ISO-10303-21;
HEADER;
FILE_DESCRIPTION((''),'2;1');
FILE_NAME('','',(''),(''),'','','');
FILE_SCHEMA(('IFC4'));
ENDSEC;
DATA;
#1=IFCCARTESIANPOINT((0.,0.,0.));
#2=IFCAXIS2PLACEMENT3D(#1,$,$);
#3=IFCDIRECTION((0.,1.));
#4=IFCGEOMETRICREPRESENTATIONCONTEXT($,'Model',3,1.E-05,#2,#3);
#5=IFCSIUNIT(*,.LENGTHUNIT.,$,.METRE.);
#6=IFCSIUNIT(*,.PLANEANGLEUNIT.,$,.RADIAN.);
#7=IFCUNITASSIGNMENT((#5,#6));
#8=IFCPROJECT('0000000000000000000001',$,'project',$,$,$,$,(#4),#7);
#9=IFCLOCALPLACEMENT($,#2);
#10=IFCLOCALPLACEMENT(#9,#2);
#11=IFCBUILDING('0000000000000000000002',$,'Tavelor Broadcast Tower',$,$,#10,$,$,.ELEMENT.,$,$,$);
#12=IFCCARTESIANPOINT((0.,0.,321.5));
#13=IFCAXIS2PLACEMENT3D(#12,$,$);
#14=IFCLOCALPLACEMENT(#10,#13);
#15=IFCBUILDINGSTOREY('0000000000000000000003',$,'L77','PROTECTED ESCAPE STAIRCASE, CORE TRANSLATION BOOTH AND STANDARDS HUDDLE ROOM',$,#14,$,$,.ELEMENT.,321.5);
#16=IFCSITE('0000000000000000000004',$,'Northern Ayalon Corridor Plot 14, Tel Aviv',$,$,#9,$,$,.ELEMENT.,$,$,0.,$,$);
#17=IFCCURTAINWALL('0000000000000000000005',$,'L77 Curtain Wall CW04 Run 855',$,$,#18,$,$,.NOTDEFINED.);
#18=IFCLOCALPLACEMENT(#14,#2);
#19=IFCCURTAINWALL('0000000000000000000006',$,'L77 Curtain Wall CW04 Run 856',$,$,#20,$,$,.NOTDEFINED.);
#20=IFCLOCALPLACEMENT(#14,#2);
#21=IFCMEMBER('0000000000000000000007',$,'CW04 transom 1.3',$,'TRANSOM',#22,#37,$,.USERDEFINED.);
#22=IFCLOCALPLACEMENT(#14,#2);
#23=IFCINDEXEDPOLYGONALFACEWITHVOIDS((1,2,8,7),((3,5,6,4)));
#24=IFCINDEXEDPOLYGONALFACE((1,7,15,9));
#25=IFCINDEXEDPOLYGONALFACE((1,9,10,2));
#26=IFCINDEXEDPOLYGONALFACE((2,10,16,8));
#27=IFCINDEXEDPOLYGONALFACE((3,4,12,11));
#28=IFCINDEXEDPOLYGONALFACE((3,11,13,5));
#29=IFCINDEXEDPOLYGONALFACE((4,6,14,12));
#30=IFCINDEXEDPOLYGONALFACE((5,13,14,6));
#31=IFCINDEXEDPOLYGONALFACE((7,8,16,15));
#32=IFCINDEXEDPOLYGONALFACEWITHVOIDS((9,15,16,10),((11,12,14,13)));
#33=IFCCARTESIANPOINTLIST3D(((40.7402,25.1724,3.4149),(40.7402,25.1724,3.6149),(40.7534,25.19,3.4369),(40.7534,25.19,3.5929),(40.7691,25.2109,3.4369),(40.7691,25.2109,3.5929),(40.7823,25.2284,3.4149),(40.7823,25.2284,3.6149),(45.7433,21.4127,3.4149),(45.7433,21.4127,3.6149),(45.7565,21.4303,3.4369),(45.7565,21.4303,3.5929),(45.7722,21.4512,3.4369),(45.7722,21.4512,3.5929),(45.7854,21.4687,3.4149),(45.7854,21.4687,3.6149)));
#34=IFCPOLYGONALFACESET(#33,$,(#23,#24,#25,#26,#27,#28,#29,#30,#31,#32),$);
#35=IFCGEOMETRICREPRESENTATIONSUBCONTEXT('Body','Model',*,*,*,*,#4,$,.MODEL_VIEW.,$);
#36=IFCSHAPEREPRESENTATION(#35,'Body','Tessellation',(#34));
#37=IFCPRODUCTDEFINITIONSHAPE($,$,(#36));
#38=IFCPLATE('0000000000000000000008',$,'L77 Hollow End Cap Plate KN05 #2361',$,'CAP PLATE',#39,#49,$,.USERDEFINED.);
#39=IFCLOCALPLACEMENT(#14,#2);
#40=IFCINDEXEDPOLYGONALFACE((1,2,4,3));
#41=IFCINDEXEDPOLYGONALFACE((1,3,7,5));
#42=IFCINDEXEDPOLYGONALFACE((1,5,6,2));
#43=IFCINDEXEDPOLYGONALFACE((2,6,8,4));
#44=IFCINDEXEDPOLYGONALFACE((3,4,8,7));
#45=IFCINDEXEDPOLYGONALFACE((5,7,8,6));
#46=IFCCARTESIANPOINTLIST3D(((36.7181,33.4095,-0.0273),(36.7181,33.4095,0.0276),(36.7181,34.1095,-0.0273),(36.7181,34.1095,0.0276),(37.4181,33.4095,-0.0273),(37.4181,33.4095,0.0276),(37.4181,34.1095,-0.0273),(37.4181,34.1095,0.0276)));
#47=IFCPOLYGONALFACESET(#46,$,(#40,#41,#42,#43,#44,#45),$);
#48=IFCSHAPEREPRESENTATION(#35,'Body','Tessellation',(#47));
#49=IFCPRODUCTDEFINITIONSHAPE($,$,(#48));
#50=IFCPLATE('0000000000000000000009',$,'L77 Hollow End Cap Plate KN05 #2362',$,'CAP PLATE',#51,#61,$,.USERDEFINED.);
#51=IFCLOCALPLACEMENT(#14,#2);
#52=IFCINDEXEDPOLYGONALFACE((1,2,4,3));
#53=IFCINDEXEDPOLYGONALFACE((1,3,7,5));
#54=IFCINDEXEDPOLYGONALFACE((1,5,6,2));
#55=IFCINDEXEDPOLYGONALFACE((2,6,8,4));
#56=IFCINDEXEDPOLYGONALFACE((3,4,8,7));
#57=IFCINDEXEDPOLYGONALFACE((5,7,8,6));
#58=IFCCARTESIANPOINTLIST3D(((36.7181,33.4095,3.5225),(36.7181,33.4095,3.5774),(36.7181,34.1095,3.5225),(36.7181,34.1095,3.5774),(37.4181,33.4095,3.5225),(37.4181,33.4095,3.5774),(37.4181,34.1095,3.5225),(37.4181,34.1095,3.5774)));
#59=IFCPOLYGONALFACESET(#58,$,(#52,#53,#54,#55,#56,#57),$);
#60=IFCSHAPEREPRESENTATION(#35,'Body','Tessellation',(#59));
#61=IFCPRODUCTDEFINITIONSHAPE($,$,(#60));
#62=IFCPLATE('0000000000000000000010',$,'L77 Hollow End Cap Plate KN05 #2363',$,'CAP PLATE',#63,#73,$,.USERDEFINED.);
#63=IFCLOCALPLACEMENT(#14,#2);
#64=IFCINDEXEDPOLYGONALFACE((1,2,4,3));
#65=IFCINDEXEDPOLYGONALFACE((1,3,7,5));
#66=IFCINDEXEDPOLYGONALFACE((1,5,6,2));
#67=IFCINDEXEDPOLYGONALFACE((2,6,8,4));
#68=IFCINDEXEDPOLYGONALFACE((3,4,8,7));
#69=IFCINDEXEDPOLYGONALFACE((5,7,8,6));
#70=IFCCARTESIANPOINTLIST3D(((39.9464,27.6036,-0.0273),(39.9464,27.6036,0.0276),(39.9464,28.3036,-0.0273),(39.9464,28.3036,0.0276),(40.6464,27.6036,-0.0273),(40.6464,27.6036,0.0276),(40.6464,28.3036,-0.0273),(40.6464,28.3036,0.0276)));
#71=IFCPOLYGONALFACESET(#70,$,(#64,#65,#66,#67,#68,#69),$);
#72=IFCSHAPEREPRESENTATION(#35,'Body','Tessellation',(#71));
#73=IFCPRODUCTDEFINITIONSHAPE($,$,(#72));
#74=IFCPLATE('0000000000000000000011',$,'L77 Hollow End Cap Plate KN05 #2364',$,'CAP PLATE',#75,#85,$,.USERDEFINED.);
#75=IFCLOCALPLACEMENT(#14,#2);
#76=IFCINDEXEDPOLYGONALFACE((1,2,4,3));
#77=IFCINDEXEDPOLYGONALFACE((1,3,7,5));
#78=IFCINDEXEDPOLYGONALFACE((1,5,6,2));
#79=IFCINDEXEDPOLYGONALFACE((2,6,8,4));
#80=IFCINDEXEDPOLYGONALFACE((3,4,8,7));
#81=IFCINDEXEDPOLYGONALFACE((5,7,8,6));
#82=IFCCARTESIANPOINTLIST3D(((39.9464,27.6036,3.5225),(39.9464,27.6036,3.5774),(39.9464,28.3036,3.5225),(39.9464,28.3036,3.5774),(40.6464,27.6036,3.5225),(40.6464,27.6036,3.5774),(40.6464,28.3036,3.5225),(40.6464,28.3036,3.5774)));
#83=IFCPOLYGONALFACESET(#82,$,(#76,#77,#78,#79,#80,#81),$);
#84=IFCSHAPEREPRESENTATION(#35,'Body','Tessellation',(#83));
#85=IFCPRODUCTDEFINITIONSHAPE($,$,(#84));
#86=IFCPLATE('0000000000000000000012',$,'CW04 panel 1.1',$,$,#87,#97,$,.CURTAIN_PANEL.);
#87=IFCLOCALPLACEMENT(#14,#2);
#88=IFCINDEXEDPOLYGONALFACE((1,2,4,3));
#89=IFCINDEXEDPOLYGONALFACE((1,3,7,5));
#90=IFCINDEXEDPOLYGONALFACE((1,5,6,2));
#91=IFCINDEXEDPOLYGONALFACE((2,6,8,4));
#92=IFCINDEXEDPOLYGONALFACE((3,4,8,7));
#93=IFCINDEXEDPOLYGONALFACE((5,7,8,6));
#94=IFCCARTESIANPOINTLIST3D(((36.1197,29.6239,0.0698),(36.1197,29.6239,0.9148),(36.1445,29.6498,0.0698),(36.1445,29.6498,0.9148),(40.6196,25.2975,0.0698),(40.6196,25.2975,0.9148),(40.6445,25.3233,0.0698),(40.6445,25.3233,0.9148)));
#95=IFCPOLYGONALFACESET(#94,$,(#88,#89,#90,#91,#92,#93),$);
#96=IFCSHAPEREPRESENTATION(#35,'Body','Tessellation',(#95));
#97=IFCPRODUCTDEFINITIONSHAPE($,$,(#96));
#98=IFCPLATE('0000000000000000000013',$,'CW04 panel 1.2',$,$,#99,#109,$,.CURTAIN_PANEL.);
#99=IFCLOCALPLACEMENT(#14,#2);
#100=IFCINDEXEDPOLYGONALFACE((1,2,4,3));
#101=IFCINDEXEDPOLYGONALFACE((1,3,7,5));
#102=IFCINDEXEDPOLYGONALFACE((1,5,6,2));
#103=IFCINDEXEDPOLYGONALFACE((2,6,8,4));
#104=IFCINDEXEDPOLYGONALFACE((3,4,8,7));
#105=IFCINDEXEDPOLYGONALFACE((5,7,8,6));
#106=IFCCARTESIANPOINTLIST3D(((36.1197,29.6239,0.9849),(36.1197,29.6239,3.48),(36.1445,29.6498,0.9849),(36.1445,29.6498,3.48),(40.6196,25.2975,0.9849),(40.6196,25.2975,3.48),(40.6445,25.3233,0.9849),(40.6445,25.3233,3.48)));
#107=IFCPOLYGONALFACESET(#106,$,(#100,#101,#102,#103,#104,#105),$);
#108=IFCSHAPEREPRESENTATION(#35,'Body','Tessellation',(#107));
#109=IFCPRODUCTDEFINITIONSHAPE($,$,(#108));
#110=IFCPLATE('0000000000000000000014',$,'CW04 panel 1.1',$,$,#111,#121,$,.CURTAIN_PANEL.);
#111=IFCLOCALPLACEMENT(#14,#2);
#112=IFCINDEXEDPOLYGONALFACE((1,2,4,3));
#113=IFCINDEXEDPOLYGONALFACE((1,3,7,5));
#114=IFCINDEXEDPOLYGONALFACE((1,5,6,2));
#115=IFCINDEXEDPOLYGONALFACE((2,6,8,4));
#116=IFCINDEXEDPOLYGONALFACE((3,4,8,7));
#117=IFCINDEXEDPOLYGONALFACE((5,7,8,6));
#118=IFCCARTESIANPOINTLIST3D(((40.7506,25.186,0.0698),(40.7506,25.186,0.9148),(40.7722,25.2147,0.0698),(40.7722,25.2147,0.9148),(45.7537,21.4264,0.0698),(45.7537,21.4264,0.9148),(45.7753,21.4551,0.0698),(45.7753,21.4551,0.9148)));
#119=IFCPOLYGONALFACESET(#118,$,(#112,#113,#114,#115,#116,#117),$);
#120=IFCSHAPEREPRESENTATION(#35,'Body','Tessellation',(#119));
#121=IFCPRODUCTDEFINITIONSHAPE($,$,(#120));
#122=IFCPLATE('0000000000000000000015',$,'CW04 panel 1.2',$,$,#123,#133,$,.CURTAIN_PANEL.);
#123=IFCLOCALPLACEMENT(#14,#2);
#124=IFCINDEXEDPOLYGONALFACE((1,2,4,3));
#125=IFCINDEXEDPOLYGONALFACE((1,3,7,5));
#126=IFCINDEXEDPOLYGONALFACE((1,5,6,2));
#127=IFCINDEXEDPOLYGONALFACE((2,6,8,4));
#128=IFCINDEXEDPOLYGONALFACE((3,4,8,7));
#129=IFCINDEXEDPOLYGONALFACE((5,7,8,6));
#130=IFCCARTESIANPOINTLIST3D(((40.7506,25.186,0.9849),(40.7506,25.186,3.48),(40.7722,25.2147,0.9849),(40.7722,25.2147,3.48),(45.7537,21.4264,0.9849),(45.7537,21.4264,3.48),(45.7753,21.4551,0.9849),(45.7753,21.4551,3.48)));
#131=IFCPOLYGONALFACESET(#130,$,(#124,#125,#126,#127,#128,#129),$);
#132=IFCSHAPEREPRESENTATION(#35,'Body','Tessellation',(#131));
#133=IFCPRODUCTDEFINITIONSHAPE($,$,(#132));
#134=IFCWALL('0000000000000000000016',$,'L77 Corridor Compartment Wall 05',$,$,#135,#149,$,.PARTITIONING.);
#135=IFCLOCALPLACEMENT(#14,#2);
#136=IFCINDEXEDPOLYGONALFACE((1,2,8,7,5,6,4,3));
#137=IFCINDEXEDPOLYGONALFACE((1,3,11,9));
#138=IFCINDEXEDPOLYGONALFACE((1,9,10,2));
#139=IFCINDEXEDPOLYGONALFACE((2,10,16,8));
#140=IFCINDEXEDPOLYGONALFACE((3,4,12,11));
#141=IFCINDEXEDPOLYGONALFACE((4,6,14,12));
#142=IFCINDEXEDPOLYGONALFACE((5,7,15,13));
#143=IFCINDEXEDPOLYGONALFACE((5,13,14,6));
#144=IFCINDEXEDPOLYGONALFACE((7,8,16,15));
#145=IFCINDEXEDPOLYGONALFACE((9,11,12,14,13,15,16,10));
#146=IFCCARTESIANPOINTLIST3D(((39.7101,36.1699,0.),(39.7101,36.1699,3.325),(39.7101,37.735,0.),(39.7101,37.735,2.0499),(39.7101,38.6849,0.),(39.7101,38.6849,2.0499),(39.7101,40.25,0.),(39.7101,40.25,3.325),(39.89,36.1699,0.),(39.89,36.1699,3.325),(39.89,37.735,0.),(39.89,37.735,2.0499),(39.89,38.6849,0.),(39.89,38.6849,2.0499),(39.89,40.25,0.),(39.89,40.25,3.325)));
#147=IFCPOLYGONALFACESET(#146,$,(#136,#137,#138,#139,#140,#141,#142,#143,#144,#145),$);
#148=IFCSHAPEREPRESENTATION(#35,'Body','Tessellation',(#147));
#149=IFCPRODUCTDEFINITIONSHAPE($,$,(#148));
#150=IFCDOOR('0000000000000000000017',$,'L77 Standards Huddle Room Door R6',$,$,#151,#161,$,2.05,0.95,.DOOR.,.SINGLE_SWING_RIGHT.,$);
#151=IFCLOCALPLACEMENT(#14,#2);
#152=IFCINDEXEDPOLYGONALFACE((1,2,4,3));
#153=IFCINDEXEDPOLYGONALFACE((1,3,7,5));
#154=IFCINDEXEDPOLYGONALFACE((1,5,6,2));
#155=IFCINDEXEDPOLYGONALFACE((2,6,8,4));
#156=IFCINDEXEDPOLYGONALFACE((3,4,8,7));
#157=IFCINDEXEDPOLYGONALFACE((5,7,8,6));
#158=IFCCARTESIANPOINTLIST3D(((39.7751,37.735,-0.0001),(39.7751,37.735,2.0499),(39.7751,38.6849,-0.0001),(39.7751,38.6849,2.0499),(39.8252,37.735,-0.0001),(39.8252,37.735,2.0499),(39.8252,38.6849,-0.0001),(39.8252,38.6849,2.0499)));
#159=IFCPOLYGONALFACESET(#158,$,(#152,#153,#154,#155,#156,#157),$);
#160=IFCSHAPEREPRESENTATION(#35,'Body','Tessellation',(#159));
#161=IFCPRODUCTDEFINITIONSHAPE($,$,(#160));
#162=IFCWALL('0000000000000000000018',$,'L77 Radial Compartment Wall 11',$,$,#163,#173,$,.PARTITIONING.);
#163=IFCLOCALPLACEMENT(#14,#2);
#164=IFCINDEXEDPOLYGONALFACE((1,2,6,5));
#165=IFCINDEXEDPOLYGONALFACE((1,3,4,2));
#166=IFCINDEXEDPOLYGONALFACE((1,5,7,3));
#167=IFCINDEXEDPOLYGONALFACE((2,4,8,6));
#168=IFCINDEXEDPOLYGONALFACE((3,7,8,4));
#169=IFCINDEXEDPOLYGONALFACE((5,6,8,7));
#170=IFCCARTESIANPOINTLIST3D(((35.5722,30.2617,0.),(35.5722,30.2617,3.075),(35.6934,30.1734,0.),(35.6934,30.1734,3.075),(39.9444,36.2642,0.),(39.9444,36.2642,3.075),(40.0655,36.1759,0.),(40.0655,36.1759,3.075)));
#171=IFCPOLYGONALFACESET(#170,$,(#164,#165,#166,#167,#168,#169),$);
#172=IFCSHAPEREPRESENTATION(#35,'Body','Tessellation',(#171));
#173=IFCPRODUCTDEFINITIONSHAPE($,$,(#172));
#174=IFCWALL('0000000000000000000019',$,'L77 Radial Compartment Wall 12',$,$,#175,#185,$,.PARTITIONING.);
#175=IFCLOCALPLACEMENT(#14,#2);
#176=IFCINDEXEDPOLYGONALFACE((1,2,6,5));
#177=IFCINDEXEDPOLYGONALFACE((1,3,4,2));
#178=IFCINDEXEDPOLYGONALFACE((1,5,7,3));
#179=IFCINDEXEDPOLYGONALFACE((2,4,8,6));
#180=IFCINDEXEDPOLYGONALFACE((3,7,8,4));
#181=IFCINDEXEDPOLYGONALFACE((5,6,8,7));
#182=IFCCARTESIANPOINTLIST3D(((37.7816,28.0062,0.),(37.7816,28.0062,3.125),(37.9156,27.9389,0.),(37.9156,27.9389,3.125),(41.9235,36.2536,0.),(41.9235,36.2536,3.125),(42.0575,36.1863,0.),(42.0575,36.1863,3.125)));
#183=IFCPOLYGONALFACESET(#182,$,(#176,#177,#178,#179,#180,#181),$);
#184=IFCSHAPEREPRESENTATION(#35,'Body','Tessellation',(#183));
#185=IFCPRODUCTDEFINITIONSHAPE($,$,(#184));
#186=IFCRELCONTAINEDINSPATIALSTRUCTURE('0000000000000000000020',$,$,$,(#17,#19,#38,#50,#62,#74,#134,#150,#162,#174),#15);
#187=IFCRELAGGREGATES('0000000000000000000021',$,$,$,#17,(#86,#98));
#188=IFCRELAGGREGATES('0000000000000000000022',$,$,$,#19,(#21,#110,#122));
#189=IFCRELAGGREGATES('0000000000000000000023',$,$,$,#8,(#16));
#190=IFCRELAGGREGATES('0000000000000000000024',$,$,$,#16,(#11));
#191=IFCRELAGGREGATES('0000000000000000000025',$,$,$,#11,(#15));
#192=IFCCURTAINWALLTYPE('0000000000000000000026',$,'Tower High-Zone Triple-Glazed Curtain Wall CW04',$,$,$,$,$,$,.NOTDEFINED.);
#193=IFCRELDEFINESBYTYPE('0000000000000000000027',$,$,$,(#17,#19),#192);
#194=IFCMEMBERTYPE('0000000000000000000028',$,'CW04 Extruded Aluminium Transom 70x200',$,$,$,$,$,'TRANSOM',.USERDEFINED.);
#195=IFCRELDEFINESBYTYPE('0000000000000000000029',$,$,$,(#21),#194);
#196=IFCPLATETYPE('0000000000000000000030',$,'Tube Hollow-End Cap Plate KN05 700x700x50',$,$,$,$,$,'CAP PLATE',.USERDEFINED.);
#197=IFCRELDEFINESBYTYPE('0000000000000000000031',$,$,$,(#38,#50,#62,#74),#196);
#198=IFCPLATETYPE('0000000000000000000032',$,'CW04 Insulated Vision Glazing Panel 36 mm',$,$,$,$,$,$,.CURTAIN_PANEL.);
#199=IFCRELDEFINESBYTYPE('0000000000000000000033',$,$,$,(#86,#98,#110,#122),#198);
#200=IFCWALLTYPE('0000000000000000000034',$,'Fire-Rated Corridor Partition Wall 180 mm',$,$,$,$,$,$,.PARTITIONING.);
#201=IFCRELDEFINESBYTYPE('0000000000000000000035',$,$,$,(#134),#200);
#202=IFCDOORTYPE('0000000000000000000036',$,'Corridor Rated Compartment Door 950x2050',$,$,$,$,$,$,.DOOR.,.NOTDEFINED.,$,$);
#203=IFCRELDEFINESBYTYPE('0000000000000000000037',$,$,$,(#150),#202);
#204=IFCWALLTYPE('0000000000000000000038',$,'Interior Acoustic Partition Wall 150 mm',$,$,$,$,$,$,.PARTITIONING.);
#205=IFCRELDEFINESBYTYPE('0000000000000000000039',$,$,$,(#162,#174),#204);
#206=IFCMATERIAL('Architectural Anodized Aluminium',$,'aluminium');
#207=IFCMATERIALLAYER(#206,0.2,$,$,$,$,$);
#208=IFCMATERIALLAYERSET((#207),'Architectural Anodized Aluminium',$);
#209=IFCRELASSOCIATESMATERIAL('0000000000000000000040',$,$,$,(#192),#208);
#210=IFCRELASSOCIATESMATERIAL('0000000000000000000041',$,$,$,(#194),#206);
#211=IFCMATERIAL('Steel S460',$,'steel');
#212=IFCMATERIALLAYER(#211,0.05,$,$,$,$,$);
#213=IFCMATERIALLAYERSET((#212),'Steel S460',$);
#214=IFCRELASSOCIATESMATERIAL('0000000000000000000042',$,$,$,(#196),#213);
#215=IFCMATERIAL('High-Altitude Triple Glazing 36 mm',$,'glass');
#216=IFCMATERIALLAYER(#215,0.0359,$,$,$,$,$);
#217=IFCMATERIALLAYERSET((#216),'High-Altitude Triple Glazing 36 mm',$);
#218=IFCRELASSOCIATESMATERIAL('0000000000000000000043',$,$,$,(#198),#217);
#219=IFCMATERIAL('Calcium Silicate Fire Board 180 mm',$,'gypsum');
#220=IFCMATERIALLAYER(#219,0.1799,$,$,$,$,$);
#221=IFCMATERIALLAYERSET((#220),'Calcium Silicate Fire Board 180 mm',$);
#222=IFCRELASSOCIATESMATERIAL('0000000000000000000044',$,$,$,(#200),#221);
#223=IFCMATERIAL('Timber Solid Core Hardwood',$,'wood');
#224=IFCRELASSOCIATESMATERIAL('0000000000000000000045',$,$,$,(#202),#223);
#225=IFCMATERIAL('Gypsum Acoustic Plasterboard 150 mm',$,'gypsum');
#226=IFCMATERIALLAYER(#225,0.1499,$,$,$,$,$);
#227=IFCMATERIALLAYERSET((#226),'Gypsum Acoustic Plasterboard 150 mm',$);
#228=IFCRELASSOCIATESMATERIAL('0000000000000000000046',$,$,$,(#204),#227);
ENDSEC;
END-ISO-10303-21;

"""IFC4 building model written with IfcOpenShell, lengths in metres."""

from ifc_helpers import new_model, si_unit, direction, frame, frame_2d, origin, origin_2d, place, context, subcontext, project, spatial, rectangle, hollow_rectangle, extrude, source, transform, mapped, material, layer, layer_set, material_profile, profile_set, type_object, type_shapes, element, fill, aggregate, save


model = new_model("IFC4")

# Units and contexts
model_context = context("Model", 3, precision=1e-05, world=origin(), true_north=direction((0.0, 1.0)))
body_context = subcontext(model_context, "Body", "Model", "MODEL_VIEW")
ifc_project = project(units=[si_unit("LENGTHUNIT", "METRE"), si_unit("PLANEANGLEUNIT", "RADIAN")], contexts=[model_context])

# Site, building, storey
site_placement = place(None, origin())
site = spatial("IfcSite", under=ifc_project, at=site_placement, Name="Northern Ayalon Corridor Plot 14, Tel Aviv", CompositionType="ELEMENT", RefElevation=0.0)
building_placement = place(site_placement, origin())
building = spatial("IfcBuilding", under=site, at=building_placement, Name="Tavelor Broadcast Tower", CompositionType="ELEMENT")
storey_placement = place(building_placement, frame((0.0, 0.0, 321.5)))
storey = spatial("IfcBuildingStorey", under=building, at=storey_placement, Name="L77", Description="PROTECTED ESCAPE STAIRCASE, CORE TRANSLATION BOOTH AND STANDARDS HUDDLE ROOM", CompositionType="ELEMENT", Elevation=321.5)

# Shared definitions
ifc_material_1 = material(Name="Steel S460", Category="steel")

# Curtain wall
ifc_material_2 = material(Name="Architectural Anodized Aluminium", Category="aluminium")
ifc_layer_1 = layer(ifc_material_2, 0.2)
ifc_layer_set_1 = layer_set([ifc_layer_1], Name="Architectural Anodized Aluminium")
curtain_wall_type = type_object("IfcCurtainWallType", Name="Tower High-Zone Triple-Glazed Curtain Wall CW04", PredefinedType="NOTDEFINED", material=ifc_layer_set_1)
curtain_wall_1_placement = place(storey_placement, origin())
curtain_wall_1 = element("IfcCurtainWall", 1, at=curtain_wall_1_placement, inside=storey, type_object=curtain_wall_type, Name="L77 Curtain Wall CW04 Run 855", PredefinedType="NOTDEFINED")

# Curtain wall, member
curtain_wall_2_placement = place(storey_placement, origin())
curtain_wall_2 = element("IfcCurtainWall", 2, at=curtain_wall_2_placement, inside=storey, type_object=curtain_wall_type, Name="L77 Curtain Wall CW04 Run 856", PredefinedType="NOTDEFINED")
ifc_material_profile_1 = material_profile(ifc_material_2, hollow_rectangle(XDim=0.0701, YDim=0.2, WallThickness=0.022, at=origin_2d()), Name="RHS 70x200x22")
ifc_profile_set_1 = profile_set([ifc_material_profile_1], Name="Architectural Anodized Aluminium")
member_type_1 = type_object("IfcMemberType", Name="CW04 Extruded Aluminium Transom 70x200", ElementType="TRANSOM", PredefinedType="USERDEFINED", material=ifc_profile_set_1)
shared_shape_1 = source(origin(), body_context, "Body", "SweptSolid", [
    extrude(hollow_rectangle(XDim=0.0701, YDim=0.2, WallThickness=0.022, at=origin_2d()), origin(), (0.0, 0.0, 1.0), 6.2583),
])
type_shapes(member_type_1, [shared_shape_1])
member_1_placement = place(storey_placement, frame((40.7612, 25.2004, 3.5149), z_axis=(0.799433, -0.600755, 0.0), x_axis=(0.600755, 0.799433, 0.0)))
member_1 = element("IfcMember", 3, at=member_1_placement, type_object=member_type_1, Name="CW04 transom 1.3", ObjectType="TRANSOM", PredefinedType="USERDEFINED", context=body_context, shape_type="MappedRepresentation", body=[
    mapped(shared_shape_1, transform((0.0, 0.0, 0.0), scale=1.0)),
])

# Plates
ifc_layer_2 = layer(ifc_material_1, 0.05)
ifc_layer_set_2 = layer_set([ifc_layer_2], Name="Steel S460")
plate_type_1 = type_object("IfcPlateType", Name="Tube Hollow-End Cap Plate KN05 700x700x50", ElementType="CAP PLATE", PredefinedType="USERDEFINED", material=ifc_layer_set_2)
shared_shape_2 = source(origin(), body_context, "Body", "SweptSolid", [
    extrude(rectangle(XDim=0.7, YDim=0.7, at=origin_2d()), origin(), (0.0, 0.0, 1.0), 0.0549),
])
type_shapes(plate_type_1, [shared_shape_2])
for number, where, z_axis, x_axis, name in (
    (4, (37.0681, 33.7595, -0.0273), (0.0, 0.0, 1.0), (1.0, 0.0, 0.0), "L77 Hollow End Cap Plate KN05 #2361"),
    (5, (37.0681, 33.7595, 3.5225), (0.0, 0.0, 1.0), (1.0, 0.0, 0.0), "L77 Hollow End Cap Plate KN05 #2362"),
    (6, (40.2964, 27.9536, -0.0273), (0.0, 0.0, 1.0), (1.0, 0.0, 0.0), "L77 Hollow End Cap Plate KN05 #2363"),
    (7, (40.2964, 27.9536, 3.5225), (0.0, 0.0, 1.0), (1.0, 0.0, 0.0), "L77 Hollow End Cap Plate KN05 #2364"),
):
    element("IfcPlate", number, at=place(storey_placement, frame(where, z_axis=z_axis, x_axis=x_axis)), inside=storey, type_object=plate_type_1, Name=name, ObjectType="CAP PLATE", PredefinedType="USERDEFINED", context=body_context, shape_type="MappedRepresentation", body=[
        mapped(shared_shape_2, transform((0.0, 0.0, 0.0), scale=1.0)),
    ])

# Plates
ifc_material_3 = material(Name="High-Altitude Triple Glazing 36 mm", Category="glass")
ifc_layer_3 = layer(ifc_material_3, 0.0359)
ifc_layer_set_3 = layer_set([ifc_layer_3], Name="High-Altitude Triple Glazing 36 mm")
plate_type_2 = type_object("IfcPlateType", Name="CW04 Insulated Vision Glazing Panel 36 mm", PredefinedType="CURTAIN_PANEL", material=ifc_layer_set_3)
shared_shape_3 = source(origin(), body_context, "Body", "SweptSolid", [
    extrude(rectangle(XDim=6.2424, YDim=0.0359, at=origin_2d()), origin(), (0.0, 0.0, 1.0), 0.845),
])
plate_1_placement = place(storey_placement, frame((38.3821, 27.4736, 0.0698), z_axis=(0.0, 0.0, 1.0), x_axis=(0.720868, -0.693073, 0.0)))
plate_1 = element("IfcPlate", 8, at=plate_1_placement, type_object=plate_type_2, Name="CW04 panel 1.1", PredefinedType="CURTAIN_PANEL", context=body_context, shape_type="MappedRepresentation", body=[
    mapped(shared_shape_3, transform((0.0, 0.0, 0.0), scale=1.0)),
])
shared_shape_4 = source(origin(), body_context, "Body", "SweptSolid", [
    extrude(rectangle(XDim=6.2424, YDim=0.0359, at=origin_2d()), origin(), (0.0, 0.0, 1.0), 2.4951),
])
plate_2_placement = place(storey_placement, frame((38.3821, 27.4736, 0.9849), z_axis=(0.0, 0.0, 1.0), x_axis=(0.720868, -0.693073, 0.0)))
plate_2 = element("IfcPlate", 9, at=plate_2_placement, type_object=plate_type_2, Name="CW04 panel 1.2", PredefinedType="CURTAIN_PANEL", context=body_context, shape_type="MappedRepresentation", body=[
    mapped(shared_shape_4, transform((0.0, 0.0, 0.0), scale=1.0)),
])
aggregate(curtain_wall_1, [plate_1, plate_2])
shared_shape_5 = source(origin(), body_context, "Body", "SweptSolid", [
    extrude(rectangle(XDim=6.2583, YDim=0.0359, at=origin_2d()), origin(), (0.0, 0.0, 1.0), 0.845),
])
plate_3_placement = place(storey_placement, frame((43.2629, 23.3206, 0.0698), z_axis=(0.0, 0.0, 1.0), x_axis=(0.799439, -0.600747, 0.0)))
plate_3 = element("IfcPlate", 10, at=plate_3_placement, type_object=plate_type_2, Name="CW04 panel 1.1", PredefinedType="CURTAIN_PANEL", context=body_context, shape_type="MappedRepresentation", body=[
    mapped(shared_shape_5, transform((0.0, 0.0, 0.0), scale=1.0)),
])
shared_shape_6 = source(origin(), body_context, "Body", "SweptSolid", [
    extrude(rectangle(XDim=6.2583, YDim=0.0359, at=origin_2d()), origin(), (0.0, 0.0, 1.0), 2.4951),
])
type_shapes(plate_type_2, [shared_shape_3, shared_shape_4, shared_shape_5, shared_shape_6])
plate_4_placement = place(storey_placement, frame((43.2629, 23.3206, 0.9849), z_axis=(0.0, 0.0, 1.0), x_axis=(0.799439, -0.600747, 0.0)))
plate_4 = element("IfcPlate", 11, at=plate_4_placement, type_object=plate_type_2, Name="CW04 panel 1.2", PredefinedType="CURTAIN_PANEL", context=body_context, shape_type="MappedRepresentation", body=[
    mapped(shared_shape_6, transform((0.0, 0.0, 0.0), scale=1.0)),
])
aggregate(curtain_wall_2, [member_1, plate_3, plate_4])

# Wall, opening, door
ifc_material_4 = material(Name="Calcium Silicate Fire Board 180 mm", Category="gypsum")
ifc_layer_4 = layer(ifc_material_4, 0.1799)
ifc_layer_set_4 = layer_set([ifc_layer_4], Name="Calcium Silicate Fire Board 180 mm")
wall_type_1 = type_object("IfcWallType", Name="Fire-Rated Corridor Partition Wall 180 mm", PredefinedType="PARTITIONING", material=ifc_layer_set_4)
wall_1_placement = place(storey_placement, frame((39.8, 36.1699, 0.0), z_axis=(0.0, 0.0, 1.0), x_axis=(0.0, 1.0, 0.0)))
wall_1 = element("IfcWall", 12, at=wall_1_placement, inside=storey, type_object=wall_type_1, Name="L77 Corridor Compartment Wall 05", PredefinedType="PARTITIONING", context=body_context, shape_type="SweptSolid", body=[
    extrude(rectangle(XDim=4.0801, YDim=0.1799, at=frame_2d((2.04, 0.0))), origin(), (0.0, 0.0, 1.0), 3.325),
])
opening_placement = place(wall_1_placement, frame((1.5649, 0.0, 0.0)))
opening = element("IfcOpeningElement", 13, at=opening_placement, cuts=wall_1, PredefinedType="OPENING", context=body_context, shape_type="SweptSolid", body=[
    extrude(rectangle(XDim=0.95, YDim=2.05, at=frame_2d((0.4751, 1.0249))), frame((0.0, 0.1001, 0.0), z_axis=(0.0, -1.0, 0.0), x_axis=(1.0, 0.0, 0.0)), (0.0, 0.0, 1.0), 0.2),
])
ifc_material_5 = material(Name="Timber Solid Core Hardwood", Category="wood")
door_type = type_object("IfcDoorType", Name="Corridor Rated Compartment Door 950x2050", OperationType="NOTDEFINED", PredefinedType="DOOR", material=ifc_material_5)
door_placement = place(opening_placement, origin())
door = element("IfcDoor", 14, at=door_placement, inside=storey, type_object=door_type, Name="L77 Standards Huddle Room Door R6", OperationType="SINGLE_SWING_RIGHT", OverallHeight=2.05, OverallWidth=0.95, PredefinedType="DOOR", context=body_context, shape_type="SweptSolid", body=[
    extrude(rectangle(XDim=0.95, YDim=2.05, at=frame_2d((0.4751, 1.0249))), frame((0.0, 0.0249, 0.0), z_axis=(0.0, -1.0, 0.0), x_axis=(1.0, 0.0, 0.0)), (0.0, 0.0, 1.0), 0.05),
])
fill(opening, door)

# Walls
ifc_material_6 = material(Name="Gypsum Acoustic Plasterboard 150 mm", Category="gypsum")
ifc_layer_5 = layer(ifc_material_6, 0.1499)
ifc_layer_set_5 = layer_set([ifc_layer_5], Name="Gypsum Acoustic Plasterboard 150 mm")
wall_type_2 = type_object("IfcWallType", Name="Interior Acoustic Partition Wall 150 mm", PredefinedType="PARTITIONING", material=ifc_layer_set_5)
wall_2_placement = place(storey_placement, frame((40.0049, 36.22, 0.0), z_axis=(0.0, 0.0, 1.0), x_axis=(-0.588758, -0.808309, 0.0)))
element("IfcWall", 15, at=wall_2_placement, inside=storey, type_object=wall_type_2, Name="L77 Radial Compartment Wall 11", PredefinedType="PARTITIONING", context=body_context, shape_type="SweptSolid", body=[
    extrude(rectangle(XDim=7.426, YDim=0.1499, at=frame_2d((3.7129, 0.0))), origin(), (0.0, 0.0, 1.0), 3.075),
])
wall_3_placement = place(storey_placement, frame((41.9905, 36.22, 0.0), z_axis=(0.0, 0.0, 1.0), x_axis=(-0.44879, -0.893637, 0.0)))
element("IfcWall", 16, at=wall_3_placement, inside=storey, type_object=wall_type_2, Name="L77 Radial Compartment Wall 12", PredefinedType="PARTITIONING", context=body_context, shape_type="SweptSolid", body=[
    extrude(rectangle(XDim=9.229, YDim=0.1499, at=frame_2d((4.6145, 0.0))), origin(), (0.0, 0.0, 1.0), 3.125),
])

save(model, "model.ifc")
